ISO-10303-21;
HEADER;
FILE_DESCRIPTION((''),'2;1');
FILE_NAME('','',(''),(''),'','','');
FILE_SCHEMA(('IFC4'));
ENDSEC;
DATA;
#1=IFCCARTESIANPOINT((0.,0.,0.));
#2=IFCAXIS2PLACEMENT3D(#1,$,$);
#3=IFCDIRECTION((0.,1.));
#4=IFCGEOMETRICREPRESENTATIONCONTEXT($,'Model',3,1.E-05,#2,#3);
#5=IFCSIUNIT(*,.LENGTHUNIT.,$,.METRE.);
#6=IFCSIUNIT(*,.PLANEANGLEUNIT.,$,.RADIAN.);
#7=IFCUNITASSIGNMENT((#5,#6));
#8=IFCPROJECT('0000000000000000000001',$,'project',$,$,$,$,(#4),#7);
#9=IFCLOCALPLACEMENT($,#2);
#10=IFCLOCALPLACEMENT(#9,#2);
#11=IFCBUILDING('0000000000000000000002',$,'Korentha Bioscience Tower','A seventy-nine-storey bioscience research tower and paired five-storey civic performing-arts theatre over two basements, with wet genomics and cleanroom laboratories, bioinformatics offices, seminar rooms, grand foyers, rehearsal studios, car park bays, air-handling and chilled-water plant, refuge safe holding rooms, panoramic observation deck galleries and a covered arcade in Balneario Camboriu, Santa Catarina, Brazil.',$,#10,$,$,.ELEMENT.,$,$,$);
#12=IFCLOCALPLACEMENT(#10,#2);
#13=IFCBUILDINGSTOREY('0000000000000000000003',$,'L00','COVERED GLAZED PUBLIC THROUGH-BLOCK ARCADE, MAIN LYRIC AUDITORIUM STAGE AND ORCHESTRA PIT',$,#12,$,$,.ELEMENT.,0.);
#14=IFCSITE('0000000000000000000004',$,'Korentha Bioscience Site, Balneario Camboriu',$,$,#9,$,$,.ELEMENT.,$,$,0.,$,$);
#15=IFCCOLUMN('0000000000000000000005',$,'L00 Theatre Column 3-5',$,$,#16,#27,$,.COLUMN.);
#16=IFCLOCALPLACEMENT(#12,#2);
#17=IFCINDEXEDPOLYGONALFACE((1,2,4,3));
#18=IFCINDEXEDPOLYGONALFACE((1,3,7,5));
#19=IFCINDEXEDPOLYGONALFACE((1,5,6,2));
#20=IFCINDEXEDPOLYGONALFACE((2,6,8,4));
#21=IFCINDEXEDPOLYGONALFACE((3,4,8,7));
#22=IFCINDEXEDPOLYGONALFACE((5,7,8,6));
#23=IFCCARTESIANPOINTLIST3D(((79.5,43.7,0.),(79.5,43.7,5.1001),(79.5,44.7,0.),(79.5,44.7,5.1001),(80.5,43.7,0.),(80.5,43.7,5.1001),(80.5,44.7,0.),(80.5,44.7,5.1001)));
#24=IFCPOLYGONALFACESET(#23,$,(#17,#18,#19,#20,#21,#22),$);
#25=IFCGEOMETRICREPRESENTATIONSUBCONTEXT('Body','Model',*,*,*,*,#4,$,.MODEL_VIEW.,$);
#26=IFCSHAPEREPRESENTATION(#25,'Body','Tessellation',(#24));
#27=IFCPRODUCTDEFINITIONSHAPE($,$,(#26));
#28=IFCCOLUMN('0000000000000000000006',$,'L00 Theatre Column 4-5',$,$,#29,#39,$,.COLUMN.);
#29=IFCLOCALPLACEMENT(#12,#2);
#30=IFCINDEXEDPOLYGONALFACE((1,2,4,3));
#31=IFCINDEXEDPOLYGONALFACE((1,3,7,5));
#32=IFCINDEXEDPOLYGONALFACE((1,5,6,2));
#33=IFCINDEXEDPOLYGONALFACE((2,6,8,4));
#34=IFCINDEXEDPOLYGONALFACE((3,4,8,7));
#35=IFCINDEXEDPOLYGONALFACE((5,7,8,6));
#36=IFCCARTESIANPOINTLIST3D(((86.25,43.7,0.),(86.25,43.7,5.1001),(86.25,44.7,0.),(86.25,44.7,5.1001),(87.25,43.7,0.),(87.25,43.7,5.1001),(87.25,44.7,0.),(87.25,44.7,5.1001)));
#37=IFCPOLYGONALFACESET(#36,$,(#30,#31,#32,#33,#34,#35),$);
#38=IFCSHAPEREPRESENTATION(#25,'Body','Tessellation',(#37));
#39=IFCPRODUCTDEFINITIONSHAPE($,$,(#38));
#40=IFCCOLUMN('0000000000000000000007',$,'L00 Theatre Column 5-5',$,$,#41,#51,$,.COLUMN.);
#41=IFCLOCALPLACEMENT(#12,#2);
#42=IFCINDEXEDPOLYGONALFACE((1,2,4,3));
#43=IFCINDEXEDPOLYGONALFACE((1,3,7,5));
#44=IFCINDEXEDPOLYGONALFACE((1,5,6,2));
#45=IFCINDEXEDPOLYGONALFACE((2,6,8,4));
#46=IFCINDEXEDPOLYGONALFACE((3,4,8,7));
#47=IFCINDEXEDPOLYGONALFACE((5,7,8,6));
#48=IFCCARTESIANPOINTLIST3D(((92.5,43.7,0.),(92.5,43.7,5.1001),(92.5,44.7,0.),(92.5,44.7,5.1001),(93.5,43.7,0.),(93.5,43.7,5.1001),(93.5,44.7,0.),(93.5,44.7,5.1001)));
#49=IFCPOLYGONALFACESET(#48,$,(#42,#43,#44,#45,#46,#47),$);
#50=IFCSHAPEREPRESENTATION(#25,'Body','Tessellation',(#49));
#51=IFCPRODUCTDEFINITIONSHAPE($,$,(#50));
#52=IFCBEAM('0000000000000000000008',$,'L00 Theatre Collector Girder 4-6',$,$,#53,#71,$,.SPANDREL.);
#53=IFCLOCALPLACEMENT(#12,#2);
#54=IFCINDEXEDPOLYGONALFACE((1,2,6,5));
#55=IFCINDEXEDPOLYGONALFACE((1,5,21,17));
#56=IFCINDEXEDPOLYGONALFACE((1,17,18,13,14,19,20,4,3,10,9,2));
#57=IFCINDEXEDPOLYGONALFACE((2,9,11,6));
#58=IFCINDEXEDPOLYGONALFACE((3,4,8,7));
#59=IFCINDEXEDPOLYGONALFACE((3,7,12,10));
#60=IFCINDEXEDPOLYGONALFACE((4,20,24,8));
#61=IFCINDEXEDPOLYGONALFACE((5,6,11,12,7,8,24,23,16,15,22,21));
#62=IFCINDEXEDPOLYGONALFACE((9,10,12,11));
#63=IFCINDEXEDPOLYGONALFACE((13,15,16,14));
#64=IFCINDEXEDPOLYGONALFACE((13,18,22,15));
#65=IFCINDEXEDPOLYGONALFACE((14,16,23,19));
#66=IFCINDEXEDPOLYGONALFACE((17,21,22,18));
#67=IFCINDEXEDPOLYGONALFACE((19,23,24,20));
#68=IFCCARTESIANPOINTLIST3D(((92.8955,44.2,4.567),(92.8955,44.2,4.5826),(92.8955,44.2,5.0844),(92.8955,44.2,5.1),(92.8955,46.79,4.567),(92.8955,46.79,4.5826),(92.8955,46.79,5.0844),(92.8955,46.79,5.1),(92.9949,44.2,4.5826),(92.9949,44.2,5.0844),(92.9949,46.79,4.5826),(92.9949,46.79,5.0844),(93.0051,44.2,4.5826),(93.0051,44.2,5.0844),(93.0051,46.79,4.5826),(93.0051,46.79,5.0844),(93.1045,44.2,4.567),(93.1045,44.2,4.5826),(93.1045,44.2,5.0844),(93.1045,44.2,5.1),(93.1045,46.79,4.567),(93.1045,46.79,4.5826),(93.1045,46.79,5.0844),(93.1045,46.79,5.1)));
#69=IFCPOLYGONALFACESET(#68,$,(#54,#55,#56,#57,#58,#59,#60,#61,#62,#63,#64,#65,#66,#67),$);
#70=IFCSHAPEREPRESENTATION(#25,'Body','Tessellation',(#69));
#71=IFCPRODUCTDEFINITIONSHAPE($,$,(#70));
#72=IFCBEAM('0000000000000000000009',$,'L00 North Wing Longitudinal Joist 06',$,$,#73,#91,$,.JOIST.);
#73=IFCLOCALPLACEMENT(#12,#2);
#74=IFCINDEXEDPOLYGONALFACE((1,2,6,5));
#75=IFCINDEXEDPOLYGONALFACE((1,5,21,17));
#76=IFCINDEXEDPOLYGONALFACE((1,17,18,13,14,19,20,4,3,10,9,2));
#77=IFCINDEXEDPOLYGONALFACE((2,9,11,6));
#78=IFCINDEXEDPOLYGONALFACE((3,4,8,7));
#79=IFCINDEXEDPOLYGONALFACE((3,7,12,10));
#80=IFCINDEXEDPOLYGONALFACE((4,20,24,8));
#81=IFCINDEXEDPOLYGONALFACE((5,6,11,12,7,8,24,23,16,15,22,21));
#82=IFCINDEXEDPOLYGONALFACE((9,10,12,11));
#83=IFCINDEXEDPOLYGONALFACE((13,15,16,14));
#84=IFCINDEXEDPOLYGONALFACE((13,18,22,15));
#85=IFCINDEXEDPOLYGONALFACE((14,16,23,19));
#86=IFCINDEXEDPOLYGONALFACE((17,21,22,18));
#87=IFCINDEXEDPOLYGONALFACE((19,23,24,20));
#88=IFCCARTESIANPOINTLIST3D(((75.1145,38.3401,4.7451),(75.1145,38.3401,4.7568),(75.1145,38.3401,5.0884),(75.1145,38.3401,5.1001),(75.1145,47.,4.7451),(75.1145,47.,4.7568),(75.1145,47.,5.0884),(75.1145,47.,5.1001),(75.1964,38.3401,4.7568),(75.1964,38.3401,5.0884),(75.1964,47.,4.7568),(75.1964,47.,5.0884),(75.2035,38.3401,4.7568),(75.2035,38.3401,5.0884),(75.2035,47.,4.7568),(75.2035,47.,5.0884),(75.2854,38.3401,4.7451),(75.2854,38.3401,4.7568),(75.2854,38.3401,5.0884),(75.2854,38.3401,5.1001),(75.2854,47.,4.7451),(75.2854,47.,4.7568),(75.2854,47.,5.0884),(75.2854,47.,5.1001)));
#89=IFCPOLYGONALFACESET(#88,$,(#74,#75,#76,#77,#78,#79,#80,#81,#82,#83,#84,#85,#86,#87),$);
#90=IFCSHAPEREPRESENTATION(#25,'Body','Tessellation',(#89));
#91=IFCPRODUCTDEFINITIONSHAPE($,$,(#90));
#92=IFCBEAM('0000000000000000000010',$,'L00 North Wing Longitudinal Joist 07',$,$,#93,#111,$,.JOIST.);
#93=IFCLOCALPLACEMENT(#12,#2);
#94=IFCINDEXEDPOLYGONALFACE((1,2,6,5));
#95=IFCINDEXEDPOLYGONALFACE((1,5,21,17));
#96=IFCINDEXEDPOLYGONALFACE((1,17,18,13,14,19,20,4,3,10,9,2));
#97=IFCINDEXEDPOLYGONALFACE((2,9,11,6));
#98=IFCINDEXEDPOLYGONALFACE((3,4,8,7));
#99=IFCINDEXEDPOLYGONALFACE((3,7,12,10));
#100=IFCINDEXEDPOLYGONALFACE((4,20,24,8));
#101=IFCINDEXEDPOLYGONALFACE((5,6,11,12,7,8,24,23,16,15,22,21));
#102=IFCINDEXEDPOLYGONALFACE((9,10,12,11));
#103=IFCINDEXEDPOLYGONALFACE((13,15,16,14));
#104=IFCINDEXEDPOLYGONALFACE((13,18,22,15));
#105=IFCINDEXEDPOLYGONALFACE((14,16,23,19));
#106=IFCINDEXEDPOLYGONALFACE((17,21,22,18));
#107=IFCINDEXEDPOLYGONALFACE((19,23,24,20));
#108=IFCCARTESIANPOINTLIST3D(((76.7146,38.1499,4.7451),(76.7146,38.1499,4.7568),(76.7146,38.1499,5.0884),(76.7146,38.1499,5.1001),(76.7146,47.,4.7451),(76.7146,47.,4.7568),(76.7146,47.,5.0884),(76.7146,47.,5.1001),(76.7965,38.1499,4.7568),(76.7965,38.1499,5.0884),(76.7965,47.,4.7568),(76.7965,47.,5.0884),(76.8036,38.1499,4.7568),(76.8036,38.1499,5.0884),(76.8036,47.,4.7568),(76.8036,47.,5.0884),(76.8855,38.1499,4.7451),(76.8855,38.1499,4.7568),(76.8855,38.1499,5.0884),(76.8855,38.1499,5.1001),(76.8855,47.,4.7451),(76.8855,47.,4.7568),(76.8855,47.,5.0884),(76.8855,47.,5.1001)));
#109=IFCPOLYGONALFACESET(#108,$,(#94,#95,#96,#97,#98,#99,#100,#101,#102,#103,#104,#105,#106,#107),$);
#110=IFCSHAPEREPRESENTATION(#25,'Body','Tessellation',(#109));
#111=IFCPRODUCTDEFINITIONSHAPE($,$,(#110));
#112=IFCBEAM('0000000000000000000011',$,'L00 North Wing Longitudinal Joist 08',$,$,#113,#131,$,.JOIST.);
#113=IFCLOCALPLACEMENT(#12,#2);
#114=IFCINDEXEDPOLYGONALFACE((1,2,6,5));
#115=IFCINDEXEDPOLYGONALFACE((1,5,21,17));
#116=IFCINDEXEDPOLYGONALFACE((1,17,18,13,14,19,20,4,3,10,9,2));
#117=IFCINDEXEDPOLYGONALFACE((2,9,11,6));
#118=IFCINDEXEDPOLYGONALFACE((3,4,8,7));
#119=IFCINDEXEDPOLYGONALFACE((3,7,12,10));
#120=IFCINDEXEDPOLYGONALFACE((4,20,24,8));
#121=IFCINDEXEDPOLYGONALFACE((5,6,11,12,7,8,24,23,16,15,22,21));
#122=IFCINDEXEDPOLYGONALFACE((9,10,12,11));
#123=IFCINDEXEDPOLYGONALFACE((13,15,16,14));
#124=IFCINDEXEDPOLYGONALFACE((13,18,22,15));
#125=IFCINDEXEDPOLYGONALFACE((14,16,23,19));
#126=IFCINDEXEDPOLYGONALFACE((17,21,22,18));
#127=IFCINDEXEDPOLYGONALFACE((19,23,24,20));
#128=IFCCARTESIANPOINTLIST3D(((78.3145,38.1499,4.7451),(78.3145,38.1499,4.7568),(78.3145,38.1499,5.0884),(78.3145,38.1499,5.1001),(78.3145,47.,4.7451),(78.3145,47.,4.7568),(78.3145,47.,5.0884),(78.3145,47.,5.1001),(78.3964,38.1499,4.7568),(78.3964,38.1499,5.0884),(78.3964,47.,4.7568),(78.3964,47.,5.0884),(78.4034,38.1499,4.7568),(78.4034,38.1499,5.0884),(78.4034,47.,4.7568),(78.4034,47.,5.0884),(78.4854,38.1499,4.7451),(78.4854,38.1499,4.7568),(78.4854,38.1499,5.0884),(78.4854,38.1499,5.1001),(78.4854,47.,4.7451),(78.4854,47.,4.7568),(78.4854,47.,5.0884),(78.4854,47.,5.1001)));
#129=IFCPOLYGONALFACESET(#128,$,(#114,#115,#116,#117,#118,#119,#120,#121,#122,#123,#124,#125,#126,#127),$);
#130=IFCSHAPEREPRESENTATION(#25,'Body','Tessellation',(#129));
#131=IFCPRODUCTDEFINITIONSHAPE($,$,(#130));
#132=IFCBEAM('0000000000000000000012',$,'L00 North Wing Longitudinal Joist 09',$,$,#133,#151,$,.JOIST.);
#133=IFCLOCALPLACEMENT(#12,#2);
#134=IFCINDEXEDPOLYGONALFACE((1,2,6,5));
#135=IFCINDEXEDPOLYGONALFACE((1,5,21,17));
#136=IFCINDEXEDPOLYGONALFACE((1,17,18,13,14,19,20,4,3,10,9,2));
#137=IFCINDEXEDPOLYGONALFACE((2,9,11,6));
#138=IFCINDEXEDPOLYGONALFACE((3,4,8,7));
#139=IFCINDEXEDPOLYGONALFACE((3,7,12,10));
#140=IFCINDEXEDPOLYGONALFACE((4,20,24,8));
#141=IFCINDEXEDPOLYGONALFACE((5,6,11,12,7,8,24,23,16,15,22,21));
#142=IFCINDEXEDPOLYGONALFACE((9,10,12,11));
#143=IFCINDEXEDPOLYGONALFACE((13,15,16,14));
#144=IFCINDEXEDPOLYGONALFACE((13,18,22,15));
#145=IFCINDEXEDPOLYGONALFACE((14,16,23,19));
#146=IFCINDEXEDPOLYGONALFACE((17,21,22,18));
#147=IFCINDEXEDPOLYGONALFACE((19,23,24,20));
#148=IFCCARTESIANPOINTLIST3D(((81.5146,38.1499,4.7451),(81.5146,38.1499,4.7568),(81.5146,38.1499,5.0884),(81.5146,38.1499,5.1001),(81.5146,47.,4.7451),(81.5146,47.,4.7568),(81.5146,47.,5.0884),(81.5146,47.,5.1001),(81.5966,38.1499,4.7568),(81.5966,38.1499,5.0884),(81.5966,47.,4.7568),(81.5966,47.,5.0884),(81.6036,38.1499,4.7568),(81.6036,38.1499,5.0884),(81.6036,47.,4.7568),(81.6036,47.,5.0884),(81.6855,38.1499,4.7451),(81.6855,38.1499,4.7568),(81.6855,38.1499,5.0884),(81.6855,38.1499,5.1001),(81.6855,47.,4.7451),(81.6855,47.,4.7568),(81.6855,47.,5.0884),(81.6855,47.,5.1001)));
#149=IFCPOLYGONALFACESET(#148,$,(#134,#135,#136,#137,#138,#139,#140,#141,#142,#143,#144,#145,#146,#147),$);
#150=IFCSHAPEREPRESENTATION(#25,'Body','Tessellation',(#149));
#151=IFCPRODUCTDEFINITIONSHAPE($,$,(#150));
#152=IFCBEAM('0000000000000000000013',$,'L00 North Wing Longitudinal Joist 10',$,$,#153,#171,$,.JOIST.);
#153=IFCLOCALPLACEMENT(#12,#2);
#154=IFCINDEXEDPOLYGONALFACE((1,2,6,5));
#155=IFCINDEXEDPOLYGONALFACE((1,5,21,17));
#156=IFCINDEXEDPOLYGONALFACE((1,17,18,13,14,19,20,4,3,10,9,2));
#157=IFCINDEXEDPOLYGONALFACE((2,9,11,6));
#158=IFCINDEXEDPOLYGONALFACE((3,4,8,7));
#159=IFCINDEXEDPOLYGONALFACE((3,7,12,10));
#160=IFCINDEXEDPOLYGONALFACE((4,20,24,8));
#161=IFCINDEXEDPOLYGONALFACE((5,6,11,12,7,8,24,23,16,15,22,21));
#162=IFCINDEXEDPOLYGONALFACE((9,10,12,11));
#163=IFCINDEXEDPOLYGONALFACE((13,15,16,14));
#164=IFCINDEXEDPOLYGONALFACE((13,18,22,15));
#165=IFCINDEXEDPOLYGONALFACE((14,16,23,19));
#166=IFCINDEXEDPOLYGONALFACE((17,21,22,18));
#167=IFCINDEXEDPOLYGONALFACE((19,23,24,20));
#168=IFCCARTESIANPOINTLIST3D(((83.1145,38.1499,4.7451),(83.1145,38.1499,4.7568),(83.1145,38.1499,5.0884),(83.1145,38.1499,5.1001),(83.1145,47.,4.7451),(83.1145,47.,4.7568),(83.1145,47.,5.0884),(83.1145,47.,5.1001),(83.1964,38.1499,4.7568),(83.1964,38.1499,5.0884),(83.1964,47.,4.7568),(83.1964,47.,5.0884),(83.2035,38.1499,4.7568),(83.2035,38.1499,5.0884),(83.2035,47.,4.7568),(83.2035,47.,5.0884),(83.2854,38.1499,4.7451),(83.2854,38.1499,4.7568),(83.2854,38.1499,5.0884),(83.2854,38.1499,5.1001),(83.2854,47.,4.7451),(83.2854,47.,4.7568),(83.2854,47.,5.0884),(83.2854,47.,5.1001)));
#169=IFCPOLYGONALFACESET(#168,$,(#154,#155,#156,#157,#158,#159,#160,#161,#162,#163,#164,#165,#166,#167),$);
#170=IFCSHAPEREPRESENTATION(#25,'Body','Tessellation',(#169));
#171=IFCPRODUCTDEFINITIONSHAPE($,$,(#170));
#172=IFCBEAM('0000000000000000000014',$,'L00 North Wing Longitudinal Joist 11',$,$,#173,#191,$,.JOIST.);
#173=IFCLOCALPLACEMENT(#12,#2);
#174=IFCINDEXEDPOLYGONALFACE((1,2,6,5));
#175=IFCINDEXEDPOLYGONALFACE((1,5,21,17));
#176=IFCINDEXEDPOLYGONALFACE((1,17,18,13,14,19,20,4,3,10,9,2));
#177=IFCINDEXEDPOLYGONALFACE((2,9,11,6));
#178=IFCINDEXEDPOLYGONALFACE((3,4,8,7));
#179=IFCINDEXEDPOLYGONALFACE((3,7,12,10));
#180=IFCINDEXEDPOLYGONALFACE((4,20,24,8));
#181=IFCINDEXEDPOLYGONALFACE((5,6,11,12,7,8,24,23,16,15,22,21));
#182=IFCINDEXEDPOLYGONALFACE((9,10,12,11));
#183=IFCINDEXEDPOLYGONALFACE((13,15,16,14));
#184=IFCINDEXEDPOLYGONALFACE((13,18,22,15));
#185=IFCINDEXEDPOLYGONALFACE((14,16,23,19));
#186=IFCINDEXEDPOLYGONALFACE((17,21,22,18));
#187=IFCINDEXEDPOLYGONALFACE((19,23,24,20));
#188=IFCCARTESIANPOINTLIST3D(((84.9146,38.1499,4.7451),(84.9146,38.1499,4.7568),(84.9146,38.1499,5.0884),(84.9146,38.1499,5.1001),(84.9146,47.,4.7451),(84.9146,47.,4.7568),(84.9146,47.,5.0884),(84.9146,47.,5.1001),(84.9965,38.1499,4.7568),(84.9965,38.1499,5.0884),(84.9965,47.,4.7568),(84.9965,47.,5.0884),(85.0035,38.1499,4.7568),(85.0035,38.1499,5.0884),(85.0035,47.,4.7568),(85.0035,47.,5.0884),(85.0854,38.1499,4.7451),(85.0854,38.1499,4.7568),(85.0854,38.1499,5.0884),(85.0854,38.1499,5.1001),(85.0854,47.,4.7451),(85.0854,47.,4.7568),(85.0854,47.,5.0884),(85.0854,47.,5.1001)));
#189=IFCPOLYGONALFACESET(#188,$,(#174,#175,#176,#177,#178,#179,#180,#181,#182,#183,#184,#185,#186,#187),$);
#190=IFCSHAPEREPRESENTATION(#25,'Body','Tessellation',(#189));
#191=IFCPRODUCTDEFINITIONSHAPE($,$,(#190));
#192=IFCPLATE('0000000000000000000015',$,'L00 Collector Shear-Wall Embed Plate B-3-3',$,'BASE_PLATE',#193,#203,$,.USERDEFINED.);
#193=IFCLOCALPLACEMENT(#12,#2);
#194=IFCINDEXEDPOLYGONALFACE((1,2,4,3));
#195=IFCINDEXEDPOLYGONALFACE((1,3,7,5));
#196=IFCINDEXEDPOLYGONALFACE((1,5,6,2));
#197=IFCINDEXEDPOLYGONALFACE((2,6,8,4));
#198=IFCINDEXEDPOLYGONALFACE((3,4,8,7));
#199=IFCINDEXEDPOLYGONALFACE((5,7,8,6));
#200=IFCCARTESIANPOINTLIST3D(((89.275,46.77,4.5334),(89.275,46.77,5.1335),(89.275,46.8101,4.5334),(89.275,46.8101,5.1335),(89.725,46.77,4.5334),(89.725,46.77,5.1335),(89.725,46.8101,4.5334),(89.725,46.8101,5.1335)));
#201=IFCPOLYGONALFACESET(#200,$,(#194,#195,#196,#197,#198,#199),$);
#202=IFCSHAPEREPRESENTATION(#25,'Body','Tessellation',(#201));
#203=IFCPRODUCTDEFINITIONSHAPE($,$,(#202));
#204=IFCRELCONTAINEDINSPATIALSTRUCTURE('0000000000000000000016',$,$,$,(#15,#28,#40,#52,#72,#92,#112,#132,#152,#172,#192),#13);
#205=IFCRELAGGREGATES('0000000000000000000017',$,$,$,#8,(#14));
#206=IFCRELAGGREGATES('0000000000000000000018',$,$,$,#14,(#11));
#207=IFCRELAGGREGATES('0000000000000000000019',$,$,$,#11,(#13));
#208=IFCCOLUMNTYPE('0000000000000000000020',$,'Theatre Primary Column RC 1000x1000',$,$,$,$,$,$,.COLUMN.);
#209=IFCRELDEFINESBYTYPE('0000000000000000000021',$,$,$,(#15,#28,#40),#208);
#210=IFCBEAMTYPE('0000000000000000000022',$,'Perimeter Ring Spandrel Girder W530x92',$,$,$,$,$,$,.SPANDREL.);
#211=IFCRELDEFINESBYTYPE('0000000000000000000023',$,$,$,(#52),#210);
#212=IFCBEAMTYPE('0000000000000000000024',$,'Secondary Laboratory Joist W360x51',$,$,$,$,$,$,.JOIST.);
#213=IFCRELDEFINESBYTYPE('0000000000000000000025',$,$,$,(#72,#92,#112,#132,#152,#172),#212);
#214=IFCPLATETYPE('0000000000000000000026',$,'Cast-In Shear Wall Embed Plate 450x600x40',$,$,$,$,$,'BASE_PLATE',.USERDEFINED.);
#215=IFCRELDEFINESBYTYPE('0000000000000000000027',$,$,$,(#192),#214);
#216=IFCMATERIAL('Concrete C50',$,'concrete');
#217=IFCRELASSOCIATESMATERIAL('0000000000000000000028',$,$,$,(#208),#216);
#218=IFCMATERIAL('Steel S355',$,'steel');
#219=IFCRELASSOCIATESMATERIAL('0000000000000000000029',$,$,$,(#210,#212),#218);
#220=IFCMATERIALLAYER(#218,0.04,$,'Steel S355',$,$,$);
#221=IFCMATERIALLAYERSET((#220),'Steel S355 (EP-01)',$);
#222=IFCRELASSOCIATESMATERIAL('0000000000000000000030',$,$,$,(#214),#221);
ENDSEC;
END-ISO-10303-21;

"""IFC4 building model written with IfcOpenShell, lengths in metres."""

from ifc_helpers import new_model, si_unit, direction, frame, origin, origin_2d, place, context, subcontext, project, spatial, rectangle, i_section, extrude, material, layer, layer_set, material_profile, profile_set, type_object, element, save


model = new_model("IFC4")

# Units and contexts
model_context = context("Model", 3, precision=1e-05, world=origin(), true_north=direction((0.0, 1.0)))
body_context = subcontext(model_context, "Body", "Model", "MODEL_VIEW")
ifc_project = project(units=[si_unit("LENGTHUNIT", "METRE"), si_unit("PLANEANGLEUNIT", "RADIAN")], contexts=[model_context])

# Site, building, storey
site_placement = place(None, origin())
site = spatial("IfcSite", under=ifc_project, at=site_placement, Name="Korentha Bioscience Site, Balneario Camboriu", CompositionType="ELEMENT", RefElevation=0.0)
building_placement = place(site_placement, origin())
building = spatial("IfcBuilding", under=site, at=building_placement, Name="Korentha Bioscience Tower", Description="A seventy-nine-storey bioscience research tower and paired five-storey civic performing-arts theatre over two basements, with wet genomics and cleanroom laboratories, bioinformatics offices, seminar rooms, grand foyers, rehearsal studios, car park bays, air-handling and chilled-water plant, refuge safe holding rooms, panoramic observation deck galleries and a covered arcade in Balneario Camboriu, Santa Catarina, Brazil.", CompositionType="ELEMENT")
storey_placement = place(building_placement, origin())
storey = spatial("IfcBuildingStorey", under=building, at=storey_placement, Name="L00", Description="COVERED GLAZED PUBLIC THROUGH-BLOCK ARCADE, MAIN LYRIC AUDITORIUM STAGE AND ORCHESTRA PIT", CompositionType="ELEMENT", Elevation=0.0)

# Columns
ifc_material_1 = material(Name="Concrete C50", Category="concrete")
ifc_material_profile_1 = material_profile(ifc_material_1, rectangle(XDim=1.0, YDim=1.0, at=origin_2d()), Name="Concrete C50")
ifc_profile_set_1 = profile_set([ifc_material_profile_1], Name="Concrete C50 (TC-01)")
column_type = type_object("IfcColumnType", Name="Theatre Primary Column RC 1000x1000", PredefinedType="COLUMN", material=ifc_profile_set_1)
for number, where, z_axis, x_axis, name in (
    (1, (80.0, 44.2, 0.0), (0.0, 0.0, 1.0), (1.0, 0.0, 0.0), "L00 Theatre Column 3-5"),
    (2, (86.75, 44.2, 0.0), (0.0, 0.0, 1.0), (1.0, 0.0, 0.0), "L00 Theatre Column 4-5"),
    (3, (93.0, 44.2, 0.0), (0.0, 0.0, 1.0), (1.0, 0.0, 0.0), "L00 Theatre Column 5-5"),
):
    element("IfcColumn", number, at=place(storey_placement, frame(where, z_axis=z_axis, x_axis=x_axis)), inside=storey, type_object=column_type, Name=name, PredefinedType="COLUMN", context=body_context, shape_type="SweptSolid", body=[
        extrude(rectangle(XDim=1.0, YDim=1.0, at=origin_2d()), origin(), (0.0, 0.0, 1.0), 5.1001),
    ])

# Beams
ifc_material_2 = material(Name="Steel S355", Category="steel")
ifc_material_profile_2 = material_profile(ifc_material_2, i_section(OverallWidth=0.209, OverallDepth=0.533, WebThickness=0.0103, FlangeThickness=0.0156, at=origin_2d()), Name="Steel S355")
ifc_profile_set_2 = profile_set([ifc_material_profile_2], Name="Steel S355 (SB-530)")
beam_type_1 = type_object("IfcBeamType", Name="Perimeter Ring Spandrel Girder W530x92", PredefinedType="SPANDREL", material=ifc_profile_set_2)
beam_1_placement = place(storey_placement, frame((93.0, 44.2, 4.8335), z_axis=(0.0, 1.0, 0.0), x_axis=(-1.0, 0.0, 0.0)))
element("IfcBeam", 4, at=beam_1_placement, inside=storey, type_object=beam_type_1, Name="L00 Theatre Collector Girder 4-6", PredefinedType="SPANDREL", context=body_context, shape_type="SweptSolid", body=[
    extrude(i_section(OverallWidth=0.209, OverallDepth=0.533, WebThickness=0.0103, FlangeThickness=0.0156, at=origin_2d()), origin(), (0.0, 0.0, 1.0), 2.5901),
])
ifc_material_profile_3 = material_profile(ifc_material_2, i_section(OverallWidth=0.1709, OverallDepth=0.355, WebThickness=0.0071, FlangeThickness=0.0117, at=origin_2d()), Name="Steel S355")
ifc_profile_set_3 = profile_set([ifc_material_profile_3], Name="Steel S355 (JB-360)")
beam_type_2 = type_object("IfcBeamType", Name="Secondary Laboratory Joist W360x51", PredefinedType="JOIST", material=ifc_profile_set_3)
beam_2_placement = place(storey_placement, frame((75.2, 38.3401, 4.9226), z_axis=(0.0, 1.0, 0.0), x_axis=(-1.0, 0.0, 0.0)))
element("IfcBeam", 5, at=beam_2_placement, inside=storey, type_object=beam_type_2, Name="L00 North Wing Longitudinal Joist 06", PredefinedType="JOIST", context=body_context, shape_type="SweptSolid", body=[
    extrude(i_section(OverallWidth=0.1709, OverallDepth=0.355, WebThickness=0.0071, FlangeThickness=0.0117, at=origin_2d()), origin(), (0.0, 0.0, 1.0), 8.6599),
])
for number, where, z_axis, x_axis, name in (
    (6, (76.8, 38.1499, 4.9226), (0.0, 1.0, 0.0), (-1.0, 0.0, 0.0), "L00 North Wing Longitudinal Joist 07"),
    (7, (78.3999, 38.1499, 4.9226), (0.0, 1.0, 0.0), (-1.0, 0.0, 0.0), "L00 North Wing Longitudinal Joist 08"),
    (8, (81.6001, 38.1499, 4.9226), (0.0, 1.0, 0.0), (-1.0, 0.0, 0.0), "L00 North Wing Longitudinal Joist 09"),
    (9, (83.2, 38.1499, 4.9226), (0.0, 1.0, 0.0), (-1.0, 0.0, 0.0), "L00 North Wing Longitudinal Joist 10"),
    (10, (85.0, 38.1499, 4.9226), (0.0, 1.0, 0.0), (-1.0, 0.0, 0.0), "L00 North Wing Longitudinal Joist 11"),
):
    element("IfcBeam", number, at=place(storey_placement, frame(where, z_axis=z_axis, x_axis=x_axis)), inside=storey, type_object=beam_type_2, Name=name, PredefinedType="JOIST", context=body_context, shape_type="SweptSolid", body=[
        extrude(i_section(OverallWidth=0.1709, OverallDepth=0.355, WebThickness=0.0071, FlangeThickness=0.0117, at=origin_2d()), origin(), (0.0, 0.0, 1.0), 8.8501),
    ])

# Plate
ifc_layer_1 = layer(ifc_material_2, 0.04, Name="Steel S355")
ifc_layer_set_1 = layer_set([ifc_layer_1], Name="Steel S355 (EP-01)")
plate_type = type_object("IfcPlateType", Name="Cast-In Shear Wall Embed Plate 450x600x40", ElementType="BASE_PLATE", PredefinedType="USERDEFINED", material=ifc_layer_set_1)
for number, where, z_axis, x_axis, name in (
    (11, (89.5, 46.79, 4.5334), (0.0, 0.0, 1.0), (1.0, 0.0, 0.0), "L00 Collector Shear-Wall Embed Plate B-3-3"),
):
    element("IfcPlate", number, at=place(storey_placement, frame(where, z_axis=z_axis, x_axis=x_axis)), inside=storey, type_object=plate_type, Name=name, ObjectType="BASE_PLATE", PredefinedType="USERDEFINED", context=body_context, shape_type="SweptSolid", body=[
        extrude(rectangle(XDim=0.45, YDim=0.04, at=origin_2d()), origin(), (0.0, 0.0, 1.0), 0.6001),
    ])

save(model, "model.ifc")
